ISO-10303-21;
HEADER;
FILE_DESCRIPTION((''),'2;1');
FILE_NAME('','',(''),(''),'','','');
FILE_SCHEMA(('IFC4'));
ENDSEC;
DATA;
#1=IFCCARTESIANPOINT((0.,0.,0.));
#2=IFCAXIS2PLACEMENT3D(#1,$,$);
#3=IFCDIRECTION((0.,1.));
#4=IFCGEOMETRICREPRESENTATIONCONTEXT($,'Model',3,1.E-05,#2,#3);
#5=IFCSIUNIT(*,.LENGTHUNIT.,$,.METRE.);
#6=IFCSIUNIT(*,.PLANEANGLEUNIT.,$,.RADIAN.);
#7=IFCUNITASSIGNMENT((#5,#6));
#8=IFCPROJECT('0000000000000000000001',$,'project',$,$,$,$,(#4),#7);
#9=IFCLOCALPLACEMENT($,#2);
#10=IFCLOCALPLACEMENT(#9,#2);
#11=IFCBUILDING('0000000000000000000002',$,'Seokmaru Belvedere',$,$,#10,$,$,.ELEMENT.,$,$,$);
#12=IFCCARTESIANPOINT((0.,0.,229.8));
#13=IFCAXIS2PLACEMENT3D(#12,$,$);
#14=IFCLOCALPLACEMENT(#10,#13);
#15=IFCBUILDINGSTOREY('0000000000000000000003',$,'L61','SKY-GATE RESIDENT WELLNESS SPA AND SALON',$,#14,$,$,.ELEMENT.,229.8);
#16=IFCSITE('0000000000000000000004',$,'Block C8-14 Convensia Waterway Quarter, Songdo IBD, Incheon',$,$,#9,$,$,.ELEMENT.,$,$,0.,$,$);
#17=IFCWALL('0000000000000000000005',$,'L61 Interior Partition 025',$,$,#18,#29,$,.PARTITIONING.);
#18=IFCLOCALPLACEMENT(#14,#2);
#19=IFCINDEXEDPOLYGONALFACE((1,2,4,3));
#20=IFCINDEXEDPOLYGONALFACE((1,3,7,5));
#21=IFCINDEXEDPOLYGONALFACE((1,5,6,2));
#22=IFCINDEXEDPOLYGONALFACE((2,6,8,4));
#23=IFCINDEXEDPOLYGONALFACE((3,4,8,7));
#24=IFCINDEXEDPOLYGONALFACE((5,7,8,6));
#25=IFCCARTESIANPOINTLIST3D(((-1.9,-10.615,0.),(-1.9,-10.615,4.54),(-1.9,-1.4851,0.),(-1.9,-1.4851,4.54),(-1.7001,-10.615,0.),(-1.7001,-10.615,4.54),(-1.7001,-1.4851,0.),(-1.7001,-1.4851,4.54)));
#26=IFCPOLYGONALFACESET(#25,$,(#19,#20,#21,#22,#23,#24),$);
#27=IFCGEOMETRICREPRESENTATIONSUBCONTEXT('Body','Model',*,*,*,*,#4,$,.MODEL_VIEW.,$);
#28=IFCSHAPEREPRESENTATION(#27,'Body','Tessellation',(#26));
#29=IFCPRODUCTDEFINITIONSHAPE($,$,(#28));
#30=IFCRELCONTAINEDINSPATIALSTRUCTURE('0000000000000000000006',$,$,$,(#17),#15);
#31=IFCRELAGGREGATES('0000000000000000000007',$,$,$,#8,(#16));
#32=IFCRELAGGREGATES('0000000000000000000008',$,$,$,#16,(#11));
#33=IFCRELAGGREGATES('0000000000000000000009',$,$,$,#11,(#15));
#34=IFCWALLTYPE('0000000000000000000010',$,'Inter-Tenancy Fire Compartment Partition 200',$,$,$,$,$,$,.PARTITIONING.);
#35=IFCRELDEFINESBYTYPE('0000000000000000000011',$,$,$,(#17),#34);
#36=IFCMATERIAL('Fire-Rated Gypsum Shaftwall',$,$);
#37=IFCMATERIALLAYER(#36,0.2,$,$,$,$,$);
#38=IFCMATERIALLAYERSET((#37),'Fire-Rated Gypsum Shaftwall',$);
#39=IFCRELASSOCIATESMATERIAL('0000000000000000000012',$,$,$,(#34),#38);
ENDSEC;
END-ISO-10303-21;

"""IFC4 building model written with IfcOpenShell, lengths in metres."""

from ifc_helpers import new_model, si_unit, direction, frame, frame_2d, origin, place, context, subcontext, project, spatial, rectangle, extrude, material, layer, layer_set, type_object, element, save


model = new_model("IFC4")

# Units and contexts
model_context = context("Model", 3, precision=1e-05, world=origin(), true_north=direction((0.0, 1.0)))
body_context = subcontext(model_context, "Body", "Model", "MODEL_VIEW")
ifc_project = project(units=[si_unit("LENGTHUNIT", "METRE"), si_unit("PLANEANGLEUNIT", "RADIAN")], contexts=[model_context])

# Site, building, storey
site_placement = place(None, origin())
site = spatial("IfcSite", under=ifc_project, at=site_placement, Name="Block C8-14 Convensia Waterway Quarter, Songdo IBD, Incheon", CompositionType="ELEMENT", RefElevation=0.0)
building_placement = place(site_placement, origin())
building = spatial("IfcBuilding", under=site, at=building_placement, Name="Seokmaru Belvedere", CompositionType="ELEMENT")
storey_placement = place(building_placement, frame((0.0, 0.0, 229.8)))
storey = spatial("IfcBuildingStorey", under=building, at=storey_placement, Name="L61", Description="SKY-GATE RESIDENT WELLNESS SPA AND SALON", CompositionType="ELEMENT", Elevation=229.8)

# Wall
ifc_material_1 = material(Name="Fire-Rated Gypsum Shaftwall")
ifc_layer_1 = layer(ifc_material_1, 0.2)
ifc_layer_set_1 = layer_set([ifc_layer_1], Name="Fire-Rated Gypsum Shaftwall")
wall_type_1 = type_object("IfcWallType", Name="Inter-Tenancy Fire Compartment Partition 200", PredefinedType="PARTITIONING", material=ifc_layer_set_1)
wall_placement = place(storey_placement, frame((-1.8, -10.615, 0.0), z_axis=(0.0, 0.0, 1.0), x_axis=(0.0, 1.0, 0.0)))
element("IfcWall", 1, at=wall_placement, inside=storey, type_object=wall_type_1, Name="L61 Interior Partition 025", PredefinedType="PARTITIONING", context=body_context, shape_type="SweptSolid", body=[
    extrude(rectangle(XDim=9.1299, YDim=0.2, at=frame_2d((4.5649, 0.0))), origin(), (0.0, 0.0, 1.0), 4.54),
])

save(model, "model.ifc")
